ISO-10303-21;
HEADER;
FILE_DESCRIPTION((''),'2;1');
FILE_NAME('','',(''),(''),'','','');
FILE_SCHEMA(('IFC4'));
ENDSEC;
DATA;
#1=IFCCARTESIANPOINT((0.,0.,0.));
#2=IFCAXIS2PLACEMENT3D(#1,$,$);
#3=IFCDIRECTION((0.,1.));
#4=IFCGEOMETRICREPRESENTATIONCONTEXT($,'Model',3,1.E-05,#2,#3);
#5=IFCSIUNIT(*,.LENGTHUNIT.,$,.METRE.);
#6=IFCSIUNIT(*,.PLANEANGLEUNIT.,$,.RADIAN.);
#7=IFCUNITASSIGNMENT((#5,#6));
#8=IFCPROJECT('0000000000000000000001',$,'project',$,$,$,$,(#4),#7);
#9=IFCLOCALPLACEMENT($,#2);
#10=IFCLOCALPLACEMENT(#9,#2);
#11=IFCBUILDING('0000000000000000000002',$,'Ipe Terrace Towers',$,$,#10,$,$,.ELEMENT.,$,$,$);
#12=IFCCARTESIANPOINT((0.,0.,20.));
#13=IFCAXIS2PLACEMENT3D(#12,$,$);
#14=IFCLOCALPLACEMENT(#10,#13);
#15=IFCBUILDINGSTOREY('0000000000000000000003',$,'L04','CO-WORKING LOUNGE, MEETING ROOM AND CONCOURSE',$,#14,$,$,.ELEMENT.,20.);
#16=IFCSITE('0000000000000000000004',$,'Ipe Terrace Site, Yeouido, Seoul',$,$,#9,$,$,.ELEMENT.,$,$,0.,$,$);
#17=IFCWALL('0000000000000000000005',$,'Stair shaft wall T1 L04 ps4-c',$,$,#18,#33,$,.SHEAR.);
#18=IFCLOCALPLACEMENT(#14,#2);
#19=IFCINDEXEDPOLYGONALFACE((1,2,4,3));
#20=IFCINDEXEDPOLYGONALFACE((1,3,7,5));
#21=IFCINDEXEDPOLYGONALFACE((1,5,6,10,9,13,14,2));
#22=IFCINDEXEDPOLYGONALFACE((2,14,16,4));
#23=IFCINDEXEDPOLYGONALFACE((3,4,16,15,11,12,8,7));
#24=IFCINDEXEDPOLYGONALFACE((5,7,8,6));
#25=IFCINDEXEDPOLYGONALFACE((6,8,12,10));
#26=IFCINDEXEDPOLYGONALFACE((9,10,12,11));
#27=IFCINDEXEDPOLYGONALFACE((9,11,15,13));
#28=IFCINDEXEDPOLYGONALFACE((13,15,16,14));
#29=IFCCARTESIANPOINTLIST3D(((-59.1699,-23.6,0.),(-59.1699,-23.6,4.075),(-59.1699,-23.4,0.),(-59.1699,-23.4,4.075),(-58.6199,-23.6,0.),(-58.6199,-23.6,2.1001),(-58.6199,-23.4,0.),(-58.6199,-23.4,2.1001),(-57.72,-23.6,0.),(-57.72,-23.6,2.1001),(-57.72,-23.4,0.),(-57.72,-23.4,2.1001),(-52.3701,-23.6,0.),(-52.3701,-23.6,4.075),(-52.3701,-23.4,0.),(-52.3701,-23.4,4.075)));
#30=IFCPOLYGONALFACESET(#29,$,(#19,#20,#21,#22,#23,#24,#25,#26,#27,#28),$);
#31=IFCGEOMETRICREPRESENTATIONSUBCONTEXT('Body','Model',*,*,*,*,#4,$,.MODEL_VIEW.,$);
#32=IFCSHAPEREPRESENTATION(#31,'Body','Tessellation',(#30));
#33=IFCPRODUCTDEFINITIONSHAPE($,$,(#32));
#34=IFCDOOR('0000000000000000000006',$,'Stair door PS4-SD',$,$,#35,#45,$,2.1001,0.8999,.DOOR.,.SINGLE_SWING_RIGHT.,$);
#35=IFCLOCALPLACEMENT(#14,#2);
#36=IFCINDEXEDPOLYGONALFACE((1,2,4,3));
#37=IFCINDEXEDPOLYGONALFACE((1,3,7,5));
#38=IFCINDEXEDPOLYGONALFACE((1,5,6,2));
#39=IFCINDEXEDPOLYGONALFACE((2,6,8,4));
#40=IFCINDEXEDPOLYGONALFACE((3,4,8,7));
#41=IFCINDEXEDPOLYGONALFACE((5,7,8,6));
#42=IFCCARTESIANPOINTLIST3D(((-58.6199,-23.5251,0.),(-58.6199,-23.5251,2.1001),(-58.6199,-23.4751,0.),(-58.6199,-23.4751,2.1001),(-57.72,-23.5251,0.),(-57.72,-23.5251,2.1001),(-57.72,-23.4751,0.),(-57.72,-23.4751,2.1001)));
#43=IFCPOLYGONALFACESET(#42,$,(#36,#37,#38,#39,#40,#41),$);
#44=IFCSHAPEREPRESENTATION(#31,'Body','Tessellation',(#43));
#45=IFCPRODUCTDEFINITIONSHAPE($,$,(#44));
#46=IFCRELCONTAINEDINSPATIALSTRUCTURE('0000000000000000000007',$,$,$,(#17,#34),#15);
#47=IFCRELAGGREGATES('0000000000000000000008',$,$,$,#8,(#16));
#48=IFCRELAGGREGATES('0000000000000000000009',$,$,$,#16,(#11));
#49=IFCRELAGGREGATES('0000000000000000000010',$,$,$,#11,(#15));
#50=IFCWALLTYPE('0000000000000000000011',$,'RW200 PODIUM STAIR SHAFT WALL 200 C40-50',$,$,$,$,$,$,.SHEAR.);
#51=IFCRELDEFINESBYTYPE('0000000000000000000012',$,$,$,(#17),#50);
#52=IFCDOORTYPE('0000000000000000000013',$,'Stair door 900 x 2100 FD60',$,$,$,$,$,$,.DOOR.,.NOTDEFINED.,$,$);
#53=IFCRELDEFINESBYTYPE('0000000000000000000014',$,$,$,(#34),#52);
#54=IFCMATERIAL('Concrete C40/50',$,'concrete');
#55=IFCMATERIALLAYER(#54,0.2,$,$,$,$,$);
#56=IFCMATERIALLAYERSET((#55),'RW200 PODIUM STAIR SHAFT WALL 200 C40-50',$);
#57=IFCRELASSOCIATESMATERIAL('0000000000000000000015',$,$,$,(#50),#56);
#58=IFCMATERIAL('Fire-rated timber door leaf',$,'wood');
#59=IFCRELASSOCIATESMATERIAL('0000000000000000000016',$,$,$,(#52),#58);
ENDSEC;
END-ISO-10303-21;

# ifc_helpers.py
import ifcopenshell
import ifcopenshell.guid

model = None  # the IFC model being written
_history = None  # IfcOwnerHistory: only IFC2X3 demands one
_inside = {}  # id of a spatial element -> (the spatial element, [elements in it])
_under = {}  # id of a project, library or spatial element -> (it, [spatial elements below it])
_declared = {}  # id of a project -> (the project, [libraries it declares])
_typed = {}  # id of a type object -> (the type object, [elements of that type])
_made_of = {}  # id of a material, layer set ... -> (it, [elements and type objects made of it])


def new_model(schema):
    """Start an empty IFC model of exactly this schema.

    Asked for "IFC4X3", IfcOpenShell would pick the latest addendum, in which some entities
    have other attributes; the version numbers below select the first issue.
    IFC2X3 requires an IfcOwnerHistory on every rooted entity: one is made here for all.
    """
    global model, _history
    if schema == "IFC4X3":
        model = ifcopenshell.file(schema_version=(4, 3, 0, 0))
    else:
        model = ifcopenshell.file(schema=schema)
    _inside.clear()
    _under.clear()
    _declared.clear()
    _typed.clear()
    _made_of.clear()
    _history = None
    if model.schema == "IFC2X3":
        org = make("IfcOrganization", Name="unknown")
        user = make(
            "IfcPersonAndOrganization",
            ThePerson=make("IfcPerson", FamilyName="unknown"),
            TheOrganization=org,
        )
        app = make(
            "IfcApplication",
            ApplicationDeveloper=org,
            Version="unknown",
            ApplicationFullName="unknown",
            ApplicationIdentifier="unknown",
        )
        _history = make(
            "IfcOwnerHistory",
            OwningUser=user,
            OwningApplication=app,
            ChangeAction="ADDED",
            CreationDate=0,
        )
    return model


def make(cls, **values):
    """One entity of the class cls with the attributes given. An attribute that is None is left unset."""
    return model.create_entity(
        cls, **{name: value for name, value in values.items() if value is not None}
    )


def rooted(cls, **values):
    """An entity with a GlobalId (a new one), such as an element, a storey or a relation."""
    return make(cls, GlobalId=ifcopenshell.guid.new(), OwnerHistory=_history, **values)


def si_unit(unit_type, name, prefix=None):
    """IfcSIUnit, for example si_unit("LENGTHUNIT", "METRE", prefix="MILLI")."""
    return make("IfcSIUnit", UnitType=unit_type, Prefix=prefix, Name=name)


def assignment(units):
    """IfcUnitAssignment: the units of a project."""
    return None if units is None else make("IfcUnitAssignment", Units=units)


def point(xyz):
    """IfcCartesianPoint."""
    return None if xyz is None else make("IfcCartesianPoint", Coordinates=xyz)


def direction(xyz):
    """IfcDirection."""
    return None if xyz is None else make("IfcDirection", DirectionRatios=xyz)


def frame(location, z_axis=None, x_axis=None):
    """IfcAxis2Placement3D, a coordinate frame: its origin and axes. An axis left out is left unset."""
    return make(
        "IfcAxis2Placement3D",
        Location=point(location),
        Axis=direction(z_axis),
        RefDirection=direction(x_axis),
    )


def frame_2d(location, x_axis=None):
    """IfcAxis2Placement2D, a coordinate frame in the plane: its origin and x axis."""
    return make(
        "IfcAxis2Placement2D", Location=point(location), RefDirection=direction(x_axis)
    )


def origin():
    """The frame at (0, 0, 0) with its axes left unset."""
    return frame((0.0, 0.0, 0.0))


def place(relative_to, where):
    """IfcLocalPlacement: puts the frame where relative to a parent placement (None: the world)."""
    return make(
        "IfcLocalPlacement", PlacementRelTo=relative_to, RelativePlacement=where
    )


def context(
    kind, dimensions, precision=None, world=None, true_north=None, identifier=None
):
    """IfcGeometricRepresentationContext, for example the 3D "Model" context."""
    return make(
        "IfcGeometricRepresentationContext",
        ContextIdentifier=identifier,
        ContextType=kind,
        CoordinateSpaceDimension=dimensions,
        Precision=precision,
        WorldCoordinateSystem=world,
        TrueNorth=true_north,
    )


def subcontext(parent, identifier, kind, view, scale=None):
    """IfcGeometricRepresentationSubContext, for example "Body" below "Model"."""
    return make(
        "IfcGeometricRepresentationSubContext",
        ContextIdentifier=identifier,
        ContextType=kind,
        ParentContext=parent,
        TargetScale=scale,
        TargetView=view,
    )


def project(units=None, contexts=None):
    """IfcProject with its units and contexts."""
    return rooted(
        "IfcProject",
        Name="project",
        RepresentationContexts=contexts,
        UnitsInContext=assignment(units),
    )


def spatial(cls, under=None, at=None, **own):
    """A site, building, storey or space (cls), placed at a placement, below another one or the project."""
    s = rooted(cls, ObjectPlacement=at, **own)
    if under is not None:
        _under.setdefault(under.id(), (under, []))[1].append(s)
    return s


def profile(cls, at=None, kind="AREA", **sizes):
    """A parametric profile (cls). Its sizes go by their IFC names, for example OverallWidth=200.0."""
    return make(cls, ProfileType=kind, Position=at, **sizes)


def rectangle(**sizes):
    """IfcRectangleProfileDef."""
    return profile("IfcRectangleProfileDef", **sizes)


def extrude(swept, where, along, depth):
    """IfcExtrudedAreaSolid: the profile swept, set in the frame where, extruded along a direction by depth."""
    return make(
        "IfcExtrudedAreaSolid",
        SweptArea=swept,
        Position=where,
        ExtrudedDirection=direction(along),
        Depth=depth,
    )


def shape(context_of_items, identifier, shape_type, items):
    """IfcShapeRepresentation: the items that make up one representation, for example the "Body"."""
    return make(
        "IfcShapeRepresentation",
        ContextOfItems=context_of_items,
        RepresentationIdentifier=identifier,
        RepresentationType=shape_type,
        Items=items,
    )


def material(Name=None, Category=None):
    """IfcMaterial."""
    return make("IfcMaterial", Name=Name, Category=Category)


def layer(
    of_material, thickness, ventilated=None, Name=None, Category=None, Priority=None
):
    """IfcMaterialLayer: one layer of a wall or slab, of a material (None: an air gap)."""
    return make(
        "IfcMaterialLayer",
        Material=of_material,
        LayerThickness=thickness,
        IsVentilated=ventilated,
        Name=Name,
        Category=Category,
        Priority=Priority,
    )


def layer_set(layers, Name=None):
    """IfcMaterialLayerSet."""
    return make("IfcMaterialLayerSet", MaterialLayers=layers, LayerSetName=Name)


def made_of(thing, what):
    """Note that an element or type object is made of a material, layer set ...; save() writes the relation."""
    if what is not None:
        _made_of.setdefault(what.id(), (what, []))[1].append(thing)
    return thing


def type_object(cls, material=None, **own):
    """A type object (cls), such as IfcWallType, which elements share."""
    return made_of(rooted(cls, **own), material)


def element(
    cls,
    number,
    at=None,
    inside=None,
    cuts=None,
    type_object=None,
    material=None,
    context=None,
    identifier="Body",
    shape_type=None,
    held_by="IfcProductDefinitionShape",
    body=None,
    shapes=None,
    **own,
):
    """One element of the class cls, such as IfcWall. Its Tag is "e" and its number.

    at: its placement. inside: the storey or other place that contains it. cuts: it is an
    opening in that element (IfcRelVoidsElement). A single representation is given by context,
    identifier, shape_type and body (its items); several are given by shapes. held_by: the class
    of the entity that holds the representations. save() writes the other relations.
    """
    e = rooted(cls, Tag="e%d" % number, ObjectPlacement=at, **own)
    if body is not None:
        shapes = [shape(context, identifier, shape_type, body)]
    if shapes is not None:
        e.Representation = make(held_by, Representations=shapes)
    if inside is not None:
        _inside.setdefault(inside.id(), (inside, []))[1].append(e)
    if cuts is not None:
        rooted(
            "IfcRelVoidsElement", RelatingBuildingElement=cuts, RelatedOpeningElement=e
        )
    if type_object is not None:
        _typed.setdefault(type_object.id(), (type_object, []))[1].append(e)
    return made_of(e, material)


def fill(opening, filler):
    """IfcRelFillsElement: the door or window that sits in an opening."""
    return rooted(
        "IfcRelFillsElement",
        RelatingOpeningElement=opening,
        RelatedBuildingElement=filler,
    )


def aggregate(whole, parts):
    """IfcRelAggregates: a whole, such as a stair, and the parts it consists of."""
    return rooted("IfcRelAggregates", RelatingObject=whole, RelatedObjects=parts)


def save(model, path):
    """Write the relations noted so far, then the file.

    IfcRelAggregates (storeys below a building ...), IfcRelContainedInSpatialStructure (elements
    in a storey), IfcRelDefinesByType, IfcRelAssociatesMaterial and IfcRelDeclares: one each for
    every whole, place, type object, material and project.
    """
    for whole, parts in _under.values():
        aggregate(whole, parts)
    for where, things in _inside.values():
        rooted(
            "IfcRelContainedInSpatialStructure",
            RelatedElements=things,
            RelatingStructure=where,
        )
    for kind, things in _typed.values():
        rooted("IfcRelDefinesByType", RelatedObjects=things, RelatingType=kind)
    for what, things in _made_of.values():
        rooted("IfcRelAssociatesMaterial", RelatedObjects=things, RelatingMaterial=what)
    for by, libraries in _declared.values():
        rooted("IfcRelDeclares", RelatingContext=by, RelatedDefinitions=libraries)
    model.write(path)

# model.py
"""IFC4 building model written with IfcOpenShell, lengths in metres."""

from ifc_helpers import new_model, si_unit, direction, frame, frame_2d, origin, place, context, subcontext, project, spatial, rectangle, extrude, material, layer, layer_set, type_object, element, fill, save


model = new_model("IFC4")

# Units and contexts
model_context = context("Model", 3, precision=1e-05, world=origin(), true_north=direction((0.0, 1.0)))
body_context = subcontext(model_context, "Body", "Model", "MODEL_VIEW")
ifc_project = project(units=[si_unit("LENGTHUNIT", "METRE"), si_unit("PLANEANGLEUNIT", "RADIAN")], contexts=[model_context])

# Site, building, storey
site_placement = place(None, origin())
site = spatial("IfcSite", under=ifc_project, at=site_placement, Name="Ipe Terrace Site, Yeouido, Seoul", CompositionType="ELEMENT", RefElevation=0.0)
building_placement = place(site_placement, origin())
building = spatial("IfcBuilding", under=site, at=building_placement, Name="Ipe Terrace Towers", CompositionType="ELEMENT")
storey_placement = place(building_placement, frame((0.0, 0.0, 20.0)))
storey = spatial("IfcBuildingStorey", under=building, at=storey_placement, Name="L04", Description="CO-WORKING LOUNGE, MEETING ROOM AND CONCOURSE", CompositionType="ELEMENT", Elevation=20.0)

# Wall, opening, door
ifc_material_1 = material(Name="Concrete C40/50", Category="concrete")
ifc_layer_1 = layer(ifc_material_1, 0.2)
ifc_layer_set_1 = layer_set([ifc_layer_1], Name="RW200 PODIUM STAIR SHAFT WALL 200 C40-50")
wall_type_1 = type_object("IfcWallType", Name="RW200 PODIUM STAIR SHAFT WALL 200 C40-50", PredefinedType="SHEAR", material=ifc_layer_set_1)
wall_1_placement = place(storey_placement, frame((-59.1699, -23.5, 0.0), z_axis=(0.0, 0.0, 1.0), x_axis=(1.0, 0.0, 0.0)))
wall_1 = element("IfcWall", 1, at=wall_1_placement, inside=storey, type_object=wall_type_1, Name="Stair shaft wall T1 L04 ps4-c", PredefinedType="SHEAR", context=body_context, shape_type="SweptSolid", body=[
    extrude(rectangle(XDim=6.7998, YDim=0.2, at=frame_2d((3.3999, 0.0))), origin(), (0.0, 0.0, 1.0), 4.075),
])
opening_1_placement = place(wall_1_placement, frame((0.55, 0.0, 0.0)))
opening_1 = element("IfcOpeningElement", 2, at=opening_1_placement, cuts=wall_1, PredefinedType="OPENING", context=body_context, shape_type="SweptSolid", body=[
    extrude(rectangle(XDim=0.8999, YDim=2.1001, at=frame_2d((0.45, 1.05))), frame((0.0, 0.1099, 0.0), z_axis=(0.0, -1.0, 0.0), x_axis=(1.0, 0.0, 0.0)), (0.0, 0.0, 1.0), 0.22),
])
ifc_material_2 = material(Name="Fire-rated timber door leaf", Category="wood")
door_type_1 = type_object("IfcDoorType", Name="Stair door 900 x 2100 FD60", OperationType="NOTDEFINED", PredefinedType="DOOR", material=ifc_material_2)
door_1_placement = place(opening_1_placement, origin())
door_1 = element("IfcDoor", 3, at=door_1_placement, inside=storey, type_object=door_type_1, Name="Stair door PS4-SD", OperationType="SINGLE_SWING_RIGHT", OverallHeight=2.1001, OverallWidth=0.8999, PredefinedType="DOOR", context=body_context, shape_type="SweptSolid", body=[
    extrude(rectangle(XDim=0.8999, YDim=2.1001, at=frame_2d((0.45, 1.05))), frame((0.0, 0.0249, 0.0), z_axis=(0.0, -1.0, 0.0), x_axis=(1.0, 0.0, 0.0)), (0.0, 0.0, 1.0), 0.05),
])
fill(opening_1, door_1)

save(model, "model.ifc")
